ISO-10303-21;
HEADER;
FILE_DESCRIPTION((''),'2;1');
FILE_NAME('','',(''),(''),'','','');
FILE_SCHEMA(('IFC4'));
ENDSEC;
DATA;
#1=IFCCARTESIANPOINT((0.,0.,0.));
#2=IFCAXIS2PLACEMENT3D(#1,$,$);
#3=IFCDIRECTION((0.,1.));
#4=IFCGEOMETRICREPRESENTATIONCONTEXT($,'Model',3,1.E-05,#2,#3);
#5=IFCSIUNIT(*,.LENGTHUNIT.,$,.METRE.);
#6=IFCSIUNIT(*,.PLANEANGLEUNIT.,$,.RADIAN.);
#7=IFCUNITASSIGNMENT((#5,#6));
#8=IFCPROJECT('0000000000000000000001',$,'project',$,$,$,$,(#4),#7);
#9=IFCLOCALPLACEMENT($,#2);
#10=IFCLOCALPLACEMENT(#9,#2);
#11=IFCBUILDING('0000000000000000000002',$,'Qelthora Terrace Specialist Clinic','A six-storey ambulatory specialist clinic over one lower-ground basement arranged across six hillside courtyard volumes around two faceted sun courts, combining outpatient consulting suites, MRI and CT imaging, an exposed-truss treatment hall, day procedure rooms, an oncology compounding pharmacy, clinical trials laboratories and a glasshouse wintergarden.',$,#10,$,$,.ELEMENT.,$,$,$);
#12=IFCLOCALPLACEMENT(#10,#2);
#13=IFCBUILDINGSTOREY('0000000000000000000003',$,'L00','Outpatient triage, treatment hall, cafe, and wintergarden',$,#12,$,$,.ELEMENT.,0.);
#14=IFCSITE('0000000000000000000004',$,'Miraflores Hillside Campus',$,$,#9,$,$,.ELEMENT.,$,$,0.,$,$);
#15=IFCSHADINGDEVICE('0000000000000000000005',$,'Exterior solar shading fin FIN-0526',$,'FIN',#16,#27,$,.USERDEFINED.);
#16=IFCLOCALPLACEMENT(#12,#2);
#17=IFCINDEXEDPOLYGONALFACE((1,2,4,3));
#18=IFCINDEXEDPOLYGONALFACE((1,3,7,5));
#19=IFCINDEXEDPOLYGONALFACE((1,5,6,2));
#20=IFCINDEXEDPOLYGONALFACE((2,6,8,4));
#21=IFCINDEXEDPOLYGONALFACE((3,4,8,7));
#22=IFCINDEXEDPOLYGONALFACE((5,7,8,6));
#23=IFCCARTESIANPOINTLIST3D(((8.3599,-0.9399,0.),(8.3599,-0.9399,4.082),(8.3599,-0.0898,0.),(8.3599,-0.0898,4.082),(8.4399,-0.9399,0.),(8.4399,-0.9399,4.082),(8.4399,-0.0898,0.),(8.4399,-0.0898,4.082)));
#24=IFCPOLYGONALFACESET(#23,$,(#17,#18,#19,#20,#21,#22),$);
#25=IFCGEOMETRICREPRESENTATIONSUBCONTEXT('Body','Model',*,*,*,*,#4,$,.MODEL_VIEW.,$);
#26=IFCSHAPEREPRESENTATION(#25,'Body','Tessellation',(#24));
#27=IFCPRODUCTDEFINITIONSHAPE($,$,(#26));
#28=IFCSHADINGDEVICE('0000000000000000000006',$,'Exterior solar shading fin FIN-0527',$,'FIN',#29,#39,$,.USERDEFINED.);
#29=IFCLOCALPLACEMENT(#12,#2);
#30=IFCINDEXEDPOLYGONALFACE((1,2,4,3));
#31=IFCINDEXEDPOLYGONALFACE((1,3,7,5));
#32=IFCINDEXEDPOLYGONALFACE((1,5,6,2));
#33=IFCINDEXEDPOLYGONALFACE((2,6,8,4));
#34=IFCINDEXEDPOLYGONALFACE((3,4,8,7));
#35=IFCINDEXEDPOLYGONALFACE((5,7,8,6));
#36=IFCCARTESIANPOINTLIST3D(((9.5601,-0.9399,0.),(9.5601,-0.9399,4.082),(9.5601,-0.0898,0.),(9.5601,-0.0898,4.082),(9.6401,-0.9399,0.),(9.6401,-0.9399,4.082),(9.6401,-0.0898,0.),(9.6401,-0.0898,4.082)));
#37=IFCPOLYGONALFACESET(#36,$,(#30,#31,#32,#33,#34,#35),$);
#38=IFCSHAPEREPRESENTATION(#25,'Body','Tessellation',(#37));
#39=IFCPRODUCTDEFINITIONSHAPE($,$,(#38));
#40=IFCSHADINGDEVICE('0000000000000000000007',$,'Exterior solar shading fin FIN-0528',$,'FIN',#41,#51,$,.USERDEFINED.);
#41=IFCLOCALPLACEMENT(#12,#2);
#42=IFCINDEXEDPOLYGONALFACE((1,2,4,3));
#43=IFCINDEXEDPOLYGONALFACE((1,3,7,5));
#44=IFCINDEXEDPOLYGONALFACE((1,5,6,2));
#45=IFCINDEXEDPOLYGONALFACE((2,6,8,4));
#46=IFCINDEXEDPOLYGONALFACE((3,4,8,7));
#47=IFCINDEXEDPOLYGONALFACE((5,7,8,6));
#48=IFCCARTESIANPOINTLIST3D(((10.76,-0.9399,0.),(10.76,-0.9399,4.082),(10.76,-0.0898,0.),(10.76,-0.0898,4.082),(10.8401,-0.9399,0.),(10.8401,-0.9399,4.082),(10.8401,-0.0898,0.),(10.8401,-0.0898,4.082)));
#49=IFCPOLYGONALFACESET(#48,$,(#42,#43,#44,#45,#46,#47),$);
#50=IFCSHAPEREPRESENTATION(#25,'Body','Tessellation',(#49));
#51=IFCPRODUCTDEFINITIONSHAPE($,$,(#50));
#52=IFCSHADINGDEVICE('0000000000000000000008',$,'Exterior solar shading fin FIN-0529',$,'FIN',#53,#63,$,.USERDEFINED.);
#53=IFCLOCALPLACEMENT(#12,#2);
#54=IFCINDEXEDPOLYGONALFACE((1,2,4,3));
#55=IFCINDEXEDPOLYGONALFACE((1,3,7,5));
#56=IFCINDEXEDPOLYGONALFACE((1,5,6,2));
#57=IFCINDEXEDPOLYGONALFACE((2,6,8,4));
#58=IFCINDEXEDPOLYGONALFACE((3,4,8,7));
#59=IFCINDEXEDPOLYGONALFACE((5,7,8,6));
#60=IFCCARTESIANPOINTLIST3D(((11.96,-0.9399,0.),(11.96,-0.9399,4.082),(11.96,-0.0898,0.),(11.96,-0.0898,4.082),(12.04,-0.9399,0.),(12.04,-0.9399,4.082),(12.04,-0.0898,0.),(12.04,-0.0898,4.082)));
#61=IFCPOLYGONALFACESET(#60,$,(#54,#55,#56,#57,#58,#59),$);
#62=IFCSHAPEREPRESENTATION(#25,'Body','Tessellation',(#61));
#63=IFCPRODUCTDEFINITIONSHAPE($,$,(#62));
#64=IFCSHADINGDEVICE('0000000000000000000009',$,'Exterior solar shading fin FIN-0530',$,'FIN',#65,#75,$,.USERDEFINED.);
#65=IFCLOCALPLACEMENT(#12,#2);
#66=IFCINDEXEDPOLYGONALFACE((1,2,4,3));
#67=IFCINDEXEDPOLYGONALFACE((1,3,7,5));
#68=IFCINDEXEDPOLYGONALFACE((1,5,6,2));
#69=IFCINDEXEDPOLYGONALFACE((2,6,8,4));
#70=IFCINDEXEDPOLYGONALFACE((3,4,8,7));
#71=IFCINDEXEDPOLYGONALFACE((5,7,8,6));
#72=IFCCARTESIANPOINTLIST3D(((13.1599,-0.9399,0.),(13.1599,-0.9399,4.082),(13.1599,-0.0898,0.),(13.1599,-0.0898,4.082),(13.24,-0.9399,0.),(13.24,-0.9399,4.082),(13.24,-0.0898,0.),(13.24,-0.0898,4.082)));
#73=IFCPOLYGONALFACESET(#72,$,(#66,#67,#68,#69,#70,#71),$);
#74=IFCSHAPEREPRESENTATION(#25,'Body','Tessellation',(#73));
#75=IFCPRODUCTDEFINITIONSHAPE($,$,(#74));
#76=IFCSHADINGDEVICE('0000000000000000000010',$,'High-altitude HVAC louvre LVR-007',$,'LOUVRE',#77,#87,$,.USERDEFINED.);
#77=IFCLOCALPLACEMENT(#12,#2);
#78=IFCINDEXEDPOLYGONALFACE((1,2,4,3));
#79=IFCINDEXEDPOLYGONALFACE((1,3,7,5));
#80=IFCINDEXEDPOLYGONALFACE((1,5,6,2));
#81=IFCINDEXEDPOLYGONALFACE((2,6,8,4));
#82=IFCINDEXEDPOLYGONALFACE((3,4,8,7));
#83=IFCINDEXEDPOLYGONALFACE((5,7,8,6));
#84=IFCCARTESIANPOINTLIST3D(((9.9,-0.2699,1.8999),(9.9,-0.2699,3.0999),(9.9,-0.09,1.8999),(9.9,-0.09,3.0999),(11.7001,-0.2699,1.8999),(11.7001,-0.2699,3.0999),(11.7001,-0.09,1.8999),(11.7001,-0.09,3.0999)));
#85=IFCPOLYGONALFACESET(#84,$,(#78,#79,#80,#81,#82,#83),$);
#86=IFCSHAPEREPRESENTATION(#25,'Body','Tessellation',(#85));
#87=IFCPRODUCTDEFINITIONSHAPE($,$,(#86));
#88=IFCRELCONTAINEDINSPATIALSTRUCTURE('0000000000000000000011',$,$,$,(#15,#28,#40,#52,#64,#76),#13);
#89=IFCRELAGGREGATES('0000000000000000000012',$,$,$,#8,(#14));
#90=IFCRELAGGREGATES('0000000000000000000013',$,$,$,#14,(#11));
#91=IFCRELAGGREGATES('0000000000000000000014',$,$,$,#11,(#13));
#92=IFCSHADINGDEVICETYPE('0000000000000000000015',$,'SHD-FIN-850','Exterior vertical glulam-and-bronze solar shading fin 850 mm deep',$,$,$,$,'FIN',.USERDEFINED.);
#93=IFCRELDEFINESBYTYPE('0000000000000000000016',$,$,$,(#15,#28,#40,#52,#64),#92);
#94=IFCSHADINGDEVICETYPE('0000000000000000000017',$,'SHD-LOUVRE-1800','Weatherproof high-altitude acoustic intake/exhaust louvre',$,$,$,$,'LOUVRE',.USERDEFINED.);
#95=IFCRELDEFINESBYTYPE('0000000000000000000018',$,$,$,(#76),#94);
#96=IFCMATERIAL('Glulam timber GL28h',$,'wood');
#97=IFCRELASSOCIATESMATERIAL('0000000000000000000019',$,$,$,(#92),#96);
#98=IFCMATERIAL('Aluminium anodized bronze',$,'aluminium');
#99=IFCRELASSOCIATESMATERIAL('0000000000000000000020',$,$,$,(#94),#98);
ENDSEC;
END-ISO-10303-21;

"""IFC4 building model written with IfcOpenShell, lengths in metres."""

from ifc_helpers import new_model, si_unit, direction, frame, origin, origin_2d, place, context, subcontext, project, spatial, rectangle, extrude, material, type_object, element, save


model = new_model("IFC4")

# Units and contexts
model_context = context("Model", 3, precision=1e-05, world=origin(), true_north=direction((0.0, 1.0)))
body_context = subcontext(model_context, "Body", "Model", "MODEL_VIEW")
ifc_project = project(units=[si_unit("LENGTHUNIT", "METRE"), si_unit("PLANEANGLEUNIT", "RADIAN")], contexts=[model_context])

# Site, building, storey
site_placement = place(None, origin())
site = spatial("IfcSite", under=ifc_project, at=site_placement, Name="Miraflores Hillside Campus", CompositionType="ELEMENT", RefElevation=0.0)
building_placement = place(site_placement, origin())
building = spatial("IfcBuilding", under=site, at=building_placement, Name="Qelthora Terrace Specialist Clinic", Description="A six-storey ambulatory specialist clinic over one lower-ground basement arranged across six hillside courtyard volumes around two faceted sun courts, combining outpatient consulting suites, MRI and CT imaging, an exposed-truss treatment hall, day procedure rooms, an oncology compounding pharmacy, clinical trials laboratories and a glasshouse wintergarden.", CompositionType="ELEMENT")
storey_placement = place(building_placement, origin())
storey = spatial("IfcBuildingStorey", under=building, at=storey_placement, Name="L00", Description="Outpatient triage, treatment hall, cafe, and wintergarden", CompositionType="ELEMENT", Elevation=0.0)

# Shading devices
ifc_material_1 = material(Name="Glulam timber GL28h", Category="wood")
shading_device_type_1 = type_object("IfcShadingDeviceType", Name="SHD-FIN-850", Description="Exterior vertical glulam-and-bronze solar shading fin 850 mm deep", ElementType="FIN", PredefinedType="USERDEFINED", material=ifc_material_1)
for number, where, z_axis, x_axis, name in (
    (1, (8.3999, -0.5149, 0.0), (0.0, 0.0, 1.0), (0.0, -1.0, 0.0), "Exterior solar shading fin FIN-0526"),
    (2, (9.6001, -0.5149, 0.0), (0.0, 0.0, 1.0), (0.0, -1.0, 0.0), "Exterior solar shading fin FIN-0527"),
    (3, (10.8, -0.5149, 0.0), (0.0, 0.0, 1.0), (0.0, -1.0, 0.0), "Exterior solar shading fin FIN-0528"),
    (4, (12.0, -0.5149, 0.0), (0.0, 0.0, 1.0), (0.0, -1.0, 0.0), "Exterior solar shading fin FIN-0529"),
    (5, (13.2, -0.5149, 0.0), (0.0, 0.0, 1.0), (0.0, -1.0, 0.0), "Exterior solar shading fin FIN-0530"),
):
    element("IfcShadingDevice", number, at=place(storey_placement, frame(where, z_axis=z_axis, x_axis=x_axis)), inside=storey, type_object=shading_device_type_1, Name=name, ObjectType="FIN", PredefinedType="USERDEFINED", context=body_context, shape_type="SweptSolid", body=[
        extrude(rectangle(XDim=0.8501, YDim=0.0801, at=origin_2d()), origin(), (0.0, 0.0, 1.0), 4.082),
    ])
ifc_material_2 = material(Name="Aluminium anodized bronze", Category="aluminium")
shading_device_type_2 = type_object("IfcShadingDeviceType", Name="SHD-LOUVRE-1800", Description="Weatherproof high-altitude acoustic intake/exhaust louvre", ElementType="LOUVRE", PredefinedType="USERDEFINED", material=ifc_material_2)
shading_device_placement = place(storey_placement, frame((10.8, -0.1799, 1.8999), z_axis=(0.0, 0.0, 1.0), x_axis=(1.0, 0.0, 0.0)))
element("IfcShadingDevice", 6, at=shading_device_placement, inside=storey, type_object=shading_device_type_2, Name="High-altitude HVAC louvre LVR-007", ObjectType="LOUVRE", PredefinedType="USERDEFINED", context=body_context, shape_type="SweptSolid", body=[
    extrude(rectangle(XDim=1.8, YDim=0.1799, at=origin_2d()), origin(), (0.0, 0.0, 1.0), 1.2),
])

save(model, "model.ifc")
